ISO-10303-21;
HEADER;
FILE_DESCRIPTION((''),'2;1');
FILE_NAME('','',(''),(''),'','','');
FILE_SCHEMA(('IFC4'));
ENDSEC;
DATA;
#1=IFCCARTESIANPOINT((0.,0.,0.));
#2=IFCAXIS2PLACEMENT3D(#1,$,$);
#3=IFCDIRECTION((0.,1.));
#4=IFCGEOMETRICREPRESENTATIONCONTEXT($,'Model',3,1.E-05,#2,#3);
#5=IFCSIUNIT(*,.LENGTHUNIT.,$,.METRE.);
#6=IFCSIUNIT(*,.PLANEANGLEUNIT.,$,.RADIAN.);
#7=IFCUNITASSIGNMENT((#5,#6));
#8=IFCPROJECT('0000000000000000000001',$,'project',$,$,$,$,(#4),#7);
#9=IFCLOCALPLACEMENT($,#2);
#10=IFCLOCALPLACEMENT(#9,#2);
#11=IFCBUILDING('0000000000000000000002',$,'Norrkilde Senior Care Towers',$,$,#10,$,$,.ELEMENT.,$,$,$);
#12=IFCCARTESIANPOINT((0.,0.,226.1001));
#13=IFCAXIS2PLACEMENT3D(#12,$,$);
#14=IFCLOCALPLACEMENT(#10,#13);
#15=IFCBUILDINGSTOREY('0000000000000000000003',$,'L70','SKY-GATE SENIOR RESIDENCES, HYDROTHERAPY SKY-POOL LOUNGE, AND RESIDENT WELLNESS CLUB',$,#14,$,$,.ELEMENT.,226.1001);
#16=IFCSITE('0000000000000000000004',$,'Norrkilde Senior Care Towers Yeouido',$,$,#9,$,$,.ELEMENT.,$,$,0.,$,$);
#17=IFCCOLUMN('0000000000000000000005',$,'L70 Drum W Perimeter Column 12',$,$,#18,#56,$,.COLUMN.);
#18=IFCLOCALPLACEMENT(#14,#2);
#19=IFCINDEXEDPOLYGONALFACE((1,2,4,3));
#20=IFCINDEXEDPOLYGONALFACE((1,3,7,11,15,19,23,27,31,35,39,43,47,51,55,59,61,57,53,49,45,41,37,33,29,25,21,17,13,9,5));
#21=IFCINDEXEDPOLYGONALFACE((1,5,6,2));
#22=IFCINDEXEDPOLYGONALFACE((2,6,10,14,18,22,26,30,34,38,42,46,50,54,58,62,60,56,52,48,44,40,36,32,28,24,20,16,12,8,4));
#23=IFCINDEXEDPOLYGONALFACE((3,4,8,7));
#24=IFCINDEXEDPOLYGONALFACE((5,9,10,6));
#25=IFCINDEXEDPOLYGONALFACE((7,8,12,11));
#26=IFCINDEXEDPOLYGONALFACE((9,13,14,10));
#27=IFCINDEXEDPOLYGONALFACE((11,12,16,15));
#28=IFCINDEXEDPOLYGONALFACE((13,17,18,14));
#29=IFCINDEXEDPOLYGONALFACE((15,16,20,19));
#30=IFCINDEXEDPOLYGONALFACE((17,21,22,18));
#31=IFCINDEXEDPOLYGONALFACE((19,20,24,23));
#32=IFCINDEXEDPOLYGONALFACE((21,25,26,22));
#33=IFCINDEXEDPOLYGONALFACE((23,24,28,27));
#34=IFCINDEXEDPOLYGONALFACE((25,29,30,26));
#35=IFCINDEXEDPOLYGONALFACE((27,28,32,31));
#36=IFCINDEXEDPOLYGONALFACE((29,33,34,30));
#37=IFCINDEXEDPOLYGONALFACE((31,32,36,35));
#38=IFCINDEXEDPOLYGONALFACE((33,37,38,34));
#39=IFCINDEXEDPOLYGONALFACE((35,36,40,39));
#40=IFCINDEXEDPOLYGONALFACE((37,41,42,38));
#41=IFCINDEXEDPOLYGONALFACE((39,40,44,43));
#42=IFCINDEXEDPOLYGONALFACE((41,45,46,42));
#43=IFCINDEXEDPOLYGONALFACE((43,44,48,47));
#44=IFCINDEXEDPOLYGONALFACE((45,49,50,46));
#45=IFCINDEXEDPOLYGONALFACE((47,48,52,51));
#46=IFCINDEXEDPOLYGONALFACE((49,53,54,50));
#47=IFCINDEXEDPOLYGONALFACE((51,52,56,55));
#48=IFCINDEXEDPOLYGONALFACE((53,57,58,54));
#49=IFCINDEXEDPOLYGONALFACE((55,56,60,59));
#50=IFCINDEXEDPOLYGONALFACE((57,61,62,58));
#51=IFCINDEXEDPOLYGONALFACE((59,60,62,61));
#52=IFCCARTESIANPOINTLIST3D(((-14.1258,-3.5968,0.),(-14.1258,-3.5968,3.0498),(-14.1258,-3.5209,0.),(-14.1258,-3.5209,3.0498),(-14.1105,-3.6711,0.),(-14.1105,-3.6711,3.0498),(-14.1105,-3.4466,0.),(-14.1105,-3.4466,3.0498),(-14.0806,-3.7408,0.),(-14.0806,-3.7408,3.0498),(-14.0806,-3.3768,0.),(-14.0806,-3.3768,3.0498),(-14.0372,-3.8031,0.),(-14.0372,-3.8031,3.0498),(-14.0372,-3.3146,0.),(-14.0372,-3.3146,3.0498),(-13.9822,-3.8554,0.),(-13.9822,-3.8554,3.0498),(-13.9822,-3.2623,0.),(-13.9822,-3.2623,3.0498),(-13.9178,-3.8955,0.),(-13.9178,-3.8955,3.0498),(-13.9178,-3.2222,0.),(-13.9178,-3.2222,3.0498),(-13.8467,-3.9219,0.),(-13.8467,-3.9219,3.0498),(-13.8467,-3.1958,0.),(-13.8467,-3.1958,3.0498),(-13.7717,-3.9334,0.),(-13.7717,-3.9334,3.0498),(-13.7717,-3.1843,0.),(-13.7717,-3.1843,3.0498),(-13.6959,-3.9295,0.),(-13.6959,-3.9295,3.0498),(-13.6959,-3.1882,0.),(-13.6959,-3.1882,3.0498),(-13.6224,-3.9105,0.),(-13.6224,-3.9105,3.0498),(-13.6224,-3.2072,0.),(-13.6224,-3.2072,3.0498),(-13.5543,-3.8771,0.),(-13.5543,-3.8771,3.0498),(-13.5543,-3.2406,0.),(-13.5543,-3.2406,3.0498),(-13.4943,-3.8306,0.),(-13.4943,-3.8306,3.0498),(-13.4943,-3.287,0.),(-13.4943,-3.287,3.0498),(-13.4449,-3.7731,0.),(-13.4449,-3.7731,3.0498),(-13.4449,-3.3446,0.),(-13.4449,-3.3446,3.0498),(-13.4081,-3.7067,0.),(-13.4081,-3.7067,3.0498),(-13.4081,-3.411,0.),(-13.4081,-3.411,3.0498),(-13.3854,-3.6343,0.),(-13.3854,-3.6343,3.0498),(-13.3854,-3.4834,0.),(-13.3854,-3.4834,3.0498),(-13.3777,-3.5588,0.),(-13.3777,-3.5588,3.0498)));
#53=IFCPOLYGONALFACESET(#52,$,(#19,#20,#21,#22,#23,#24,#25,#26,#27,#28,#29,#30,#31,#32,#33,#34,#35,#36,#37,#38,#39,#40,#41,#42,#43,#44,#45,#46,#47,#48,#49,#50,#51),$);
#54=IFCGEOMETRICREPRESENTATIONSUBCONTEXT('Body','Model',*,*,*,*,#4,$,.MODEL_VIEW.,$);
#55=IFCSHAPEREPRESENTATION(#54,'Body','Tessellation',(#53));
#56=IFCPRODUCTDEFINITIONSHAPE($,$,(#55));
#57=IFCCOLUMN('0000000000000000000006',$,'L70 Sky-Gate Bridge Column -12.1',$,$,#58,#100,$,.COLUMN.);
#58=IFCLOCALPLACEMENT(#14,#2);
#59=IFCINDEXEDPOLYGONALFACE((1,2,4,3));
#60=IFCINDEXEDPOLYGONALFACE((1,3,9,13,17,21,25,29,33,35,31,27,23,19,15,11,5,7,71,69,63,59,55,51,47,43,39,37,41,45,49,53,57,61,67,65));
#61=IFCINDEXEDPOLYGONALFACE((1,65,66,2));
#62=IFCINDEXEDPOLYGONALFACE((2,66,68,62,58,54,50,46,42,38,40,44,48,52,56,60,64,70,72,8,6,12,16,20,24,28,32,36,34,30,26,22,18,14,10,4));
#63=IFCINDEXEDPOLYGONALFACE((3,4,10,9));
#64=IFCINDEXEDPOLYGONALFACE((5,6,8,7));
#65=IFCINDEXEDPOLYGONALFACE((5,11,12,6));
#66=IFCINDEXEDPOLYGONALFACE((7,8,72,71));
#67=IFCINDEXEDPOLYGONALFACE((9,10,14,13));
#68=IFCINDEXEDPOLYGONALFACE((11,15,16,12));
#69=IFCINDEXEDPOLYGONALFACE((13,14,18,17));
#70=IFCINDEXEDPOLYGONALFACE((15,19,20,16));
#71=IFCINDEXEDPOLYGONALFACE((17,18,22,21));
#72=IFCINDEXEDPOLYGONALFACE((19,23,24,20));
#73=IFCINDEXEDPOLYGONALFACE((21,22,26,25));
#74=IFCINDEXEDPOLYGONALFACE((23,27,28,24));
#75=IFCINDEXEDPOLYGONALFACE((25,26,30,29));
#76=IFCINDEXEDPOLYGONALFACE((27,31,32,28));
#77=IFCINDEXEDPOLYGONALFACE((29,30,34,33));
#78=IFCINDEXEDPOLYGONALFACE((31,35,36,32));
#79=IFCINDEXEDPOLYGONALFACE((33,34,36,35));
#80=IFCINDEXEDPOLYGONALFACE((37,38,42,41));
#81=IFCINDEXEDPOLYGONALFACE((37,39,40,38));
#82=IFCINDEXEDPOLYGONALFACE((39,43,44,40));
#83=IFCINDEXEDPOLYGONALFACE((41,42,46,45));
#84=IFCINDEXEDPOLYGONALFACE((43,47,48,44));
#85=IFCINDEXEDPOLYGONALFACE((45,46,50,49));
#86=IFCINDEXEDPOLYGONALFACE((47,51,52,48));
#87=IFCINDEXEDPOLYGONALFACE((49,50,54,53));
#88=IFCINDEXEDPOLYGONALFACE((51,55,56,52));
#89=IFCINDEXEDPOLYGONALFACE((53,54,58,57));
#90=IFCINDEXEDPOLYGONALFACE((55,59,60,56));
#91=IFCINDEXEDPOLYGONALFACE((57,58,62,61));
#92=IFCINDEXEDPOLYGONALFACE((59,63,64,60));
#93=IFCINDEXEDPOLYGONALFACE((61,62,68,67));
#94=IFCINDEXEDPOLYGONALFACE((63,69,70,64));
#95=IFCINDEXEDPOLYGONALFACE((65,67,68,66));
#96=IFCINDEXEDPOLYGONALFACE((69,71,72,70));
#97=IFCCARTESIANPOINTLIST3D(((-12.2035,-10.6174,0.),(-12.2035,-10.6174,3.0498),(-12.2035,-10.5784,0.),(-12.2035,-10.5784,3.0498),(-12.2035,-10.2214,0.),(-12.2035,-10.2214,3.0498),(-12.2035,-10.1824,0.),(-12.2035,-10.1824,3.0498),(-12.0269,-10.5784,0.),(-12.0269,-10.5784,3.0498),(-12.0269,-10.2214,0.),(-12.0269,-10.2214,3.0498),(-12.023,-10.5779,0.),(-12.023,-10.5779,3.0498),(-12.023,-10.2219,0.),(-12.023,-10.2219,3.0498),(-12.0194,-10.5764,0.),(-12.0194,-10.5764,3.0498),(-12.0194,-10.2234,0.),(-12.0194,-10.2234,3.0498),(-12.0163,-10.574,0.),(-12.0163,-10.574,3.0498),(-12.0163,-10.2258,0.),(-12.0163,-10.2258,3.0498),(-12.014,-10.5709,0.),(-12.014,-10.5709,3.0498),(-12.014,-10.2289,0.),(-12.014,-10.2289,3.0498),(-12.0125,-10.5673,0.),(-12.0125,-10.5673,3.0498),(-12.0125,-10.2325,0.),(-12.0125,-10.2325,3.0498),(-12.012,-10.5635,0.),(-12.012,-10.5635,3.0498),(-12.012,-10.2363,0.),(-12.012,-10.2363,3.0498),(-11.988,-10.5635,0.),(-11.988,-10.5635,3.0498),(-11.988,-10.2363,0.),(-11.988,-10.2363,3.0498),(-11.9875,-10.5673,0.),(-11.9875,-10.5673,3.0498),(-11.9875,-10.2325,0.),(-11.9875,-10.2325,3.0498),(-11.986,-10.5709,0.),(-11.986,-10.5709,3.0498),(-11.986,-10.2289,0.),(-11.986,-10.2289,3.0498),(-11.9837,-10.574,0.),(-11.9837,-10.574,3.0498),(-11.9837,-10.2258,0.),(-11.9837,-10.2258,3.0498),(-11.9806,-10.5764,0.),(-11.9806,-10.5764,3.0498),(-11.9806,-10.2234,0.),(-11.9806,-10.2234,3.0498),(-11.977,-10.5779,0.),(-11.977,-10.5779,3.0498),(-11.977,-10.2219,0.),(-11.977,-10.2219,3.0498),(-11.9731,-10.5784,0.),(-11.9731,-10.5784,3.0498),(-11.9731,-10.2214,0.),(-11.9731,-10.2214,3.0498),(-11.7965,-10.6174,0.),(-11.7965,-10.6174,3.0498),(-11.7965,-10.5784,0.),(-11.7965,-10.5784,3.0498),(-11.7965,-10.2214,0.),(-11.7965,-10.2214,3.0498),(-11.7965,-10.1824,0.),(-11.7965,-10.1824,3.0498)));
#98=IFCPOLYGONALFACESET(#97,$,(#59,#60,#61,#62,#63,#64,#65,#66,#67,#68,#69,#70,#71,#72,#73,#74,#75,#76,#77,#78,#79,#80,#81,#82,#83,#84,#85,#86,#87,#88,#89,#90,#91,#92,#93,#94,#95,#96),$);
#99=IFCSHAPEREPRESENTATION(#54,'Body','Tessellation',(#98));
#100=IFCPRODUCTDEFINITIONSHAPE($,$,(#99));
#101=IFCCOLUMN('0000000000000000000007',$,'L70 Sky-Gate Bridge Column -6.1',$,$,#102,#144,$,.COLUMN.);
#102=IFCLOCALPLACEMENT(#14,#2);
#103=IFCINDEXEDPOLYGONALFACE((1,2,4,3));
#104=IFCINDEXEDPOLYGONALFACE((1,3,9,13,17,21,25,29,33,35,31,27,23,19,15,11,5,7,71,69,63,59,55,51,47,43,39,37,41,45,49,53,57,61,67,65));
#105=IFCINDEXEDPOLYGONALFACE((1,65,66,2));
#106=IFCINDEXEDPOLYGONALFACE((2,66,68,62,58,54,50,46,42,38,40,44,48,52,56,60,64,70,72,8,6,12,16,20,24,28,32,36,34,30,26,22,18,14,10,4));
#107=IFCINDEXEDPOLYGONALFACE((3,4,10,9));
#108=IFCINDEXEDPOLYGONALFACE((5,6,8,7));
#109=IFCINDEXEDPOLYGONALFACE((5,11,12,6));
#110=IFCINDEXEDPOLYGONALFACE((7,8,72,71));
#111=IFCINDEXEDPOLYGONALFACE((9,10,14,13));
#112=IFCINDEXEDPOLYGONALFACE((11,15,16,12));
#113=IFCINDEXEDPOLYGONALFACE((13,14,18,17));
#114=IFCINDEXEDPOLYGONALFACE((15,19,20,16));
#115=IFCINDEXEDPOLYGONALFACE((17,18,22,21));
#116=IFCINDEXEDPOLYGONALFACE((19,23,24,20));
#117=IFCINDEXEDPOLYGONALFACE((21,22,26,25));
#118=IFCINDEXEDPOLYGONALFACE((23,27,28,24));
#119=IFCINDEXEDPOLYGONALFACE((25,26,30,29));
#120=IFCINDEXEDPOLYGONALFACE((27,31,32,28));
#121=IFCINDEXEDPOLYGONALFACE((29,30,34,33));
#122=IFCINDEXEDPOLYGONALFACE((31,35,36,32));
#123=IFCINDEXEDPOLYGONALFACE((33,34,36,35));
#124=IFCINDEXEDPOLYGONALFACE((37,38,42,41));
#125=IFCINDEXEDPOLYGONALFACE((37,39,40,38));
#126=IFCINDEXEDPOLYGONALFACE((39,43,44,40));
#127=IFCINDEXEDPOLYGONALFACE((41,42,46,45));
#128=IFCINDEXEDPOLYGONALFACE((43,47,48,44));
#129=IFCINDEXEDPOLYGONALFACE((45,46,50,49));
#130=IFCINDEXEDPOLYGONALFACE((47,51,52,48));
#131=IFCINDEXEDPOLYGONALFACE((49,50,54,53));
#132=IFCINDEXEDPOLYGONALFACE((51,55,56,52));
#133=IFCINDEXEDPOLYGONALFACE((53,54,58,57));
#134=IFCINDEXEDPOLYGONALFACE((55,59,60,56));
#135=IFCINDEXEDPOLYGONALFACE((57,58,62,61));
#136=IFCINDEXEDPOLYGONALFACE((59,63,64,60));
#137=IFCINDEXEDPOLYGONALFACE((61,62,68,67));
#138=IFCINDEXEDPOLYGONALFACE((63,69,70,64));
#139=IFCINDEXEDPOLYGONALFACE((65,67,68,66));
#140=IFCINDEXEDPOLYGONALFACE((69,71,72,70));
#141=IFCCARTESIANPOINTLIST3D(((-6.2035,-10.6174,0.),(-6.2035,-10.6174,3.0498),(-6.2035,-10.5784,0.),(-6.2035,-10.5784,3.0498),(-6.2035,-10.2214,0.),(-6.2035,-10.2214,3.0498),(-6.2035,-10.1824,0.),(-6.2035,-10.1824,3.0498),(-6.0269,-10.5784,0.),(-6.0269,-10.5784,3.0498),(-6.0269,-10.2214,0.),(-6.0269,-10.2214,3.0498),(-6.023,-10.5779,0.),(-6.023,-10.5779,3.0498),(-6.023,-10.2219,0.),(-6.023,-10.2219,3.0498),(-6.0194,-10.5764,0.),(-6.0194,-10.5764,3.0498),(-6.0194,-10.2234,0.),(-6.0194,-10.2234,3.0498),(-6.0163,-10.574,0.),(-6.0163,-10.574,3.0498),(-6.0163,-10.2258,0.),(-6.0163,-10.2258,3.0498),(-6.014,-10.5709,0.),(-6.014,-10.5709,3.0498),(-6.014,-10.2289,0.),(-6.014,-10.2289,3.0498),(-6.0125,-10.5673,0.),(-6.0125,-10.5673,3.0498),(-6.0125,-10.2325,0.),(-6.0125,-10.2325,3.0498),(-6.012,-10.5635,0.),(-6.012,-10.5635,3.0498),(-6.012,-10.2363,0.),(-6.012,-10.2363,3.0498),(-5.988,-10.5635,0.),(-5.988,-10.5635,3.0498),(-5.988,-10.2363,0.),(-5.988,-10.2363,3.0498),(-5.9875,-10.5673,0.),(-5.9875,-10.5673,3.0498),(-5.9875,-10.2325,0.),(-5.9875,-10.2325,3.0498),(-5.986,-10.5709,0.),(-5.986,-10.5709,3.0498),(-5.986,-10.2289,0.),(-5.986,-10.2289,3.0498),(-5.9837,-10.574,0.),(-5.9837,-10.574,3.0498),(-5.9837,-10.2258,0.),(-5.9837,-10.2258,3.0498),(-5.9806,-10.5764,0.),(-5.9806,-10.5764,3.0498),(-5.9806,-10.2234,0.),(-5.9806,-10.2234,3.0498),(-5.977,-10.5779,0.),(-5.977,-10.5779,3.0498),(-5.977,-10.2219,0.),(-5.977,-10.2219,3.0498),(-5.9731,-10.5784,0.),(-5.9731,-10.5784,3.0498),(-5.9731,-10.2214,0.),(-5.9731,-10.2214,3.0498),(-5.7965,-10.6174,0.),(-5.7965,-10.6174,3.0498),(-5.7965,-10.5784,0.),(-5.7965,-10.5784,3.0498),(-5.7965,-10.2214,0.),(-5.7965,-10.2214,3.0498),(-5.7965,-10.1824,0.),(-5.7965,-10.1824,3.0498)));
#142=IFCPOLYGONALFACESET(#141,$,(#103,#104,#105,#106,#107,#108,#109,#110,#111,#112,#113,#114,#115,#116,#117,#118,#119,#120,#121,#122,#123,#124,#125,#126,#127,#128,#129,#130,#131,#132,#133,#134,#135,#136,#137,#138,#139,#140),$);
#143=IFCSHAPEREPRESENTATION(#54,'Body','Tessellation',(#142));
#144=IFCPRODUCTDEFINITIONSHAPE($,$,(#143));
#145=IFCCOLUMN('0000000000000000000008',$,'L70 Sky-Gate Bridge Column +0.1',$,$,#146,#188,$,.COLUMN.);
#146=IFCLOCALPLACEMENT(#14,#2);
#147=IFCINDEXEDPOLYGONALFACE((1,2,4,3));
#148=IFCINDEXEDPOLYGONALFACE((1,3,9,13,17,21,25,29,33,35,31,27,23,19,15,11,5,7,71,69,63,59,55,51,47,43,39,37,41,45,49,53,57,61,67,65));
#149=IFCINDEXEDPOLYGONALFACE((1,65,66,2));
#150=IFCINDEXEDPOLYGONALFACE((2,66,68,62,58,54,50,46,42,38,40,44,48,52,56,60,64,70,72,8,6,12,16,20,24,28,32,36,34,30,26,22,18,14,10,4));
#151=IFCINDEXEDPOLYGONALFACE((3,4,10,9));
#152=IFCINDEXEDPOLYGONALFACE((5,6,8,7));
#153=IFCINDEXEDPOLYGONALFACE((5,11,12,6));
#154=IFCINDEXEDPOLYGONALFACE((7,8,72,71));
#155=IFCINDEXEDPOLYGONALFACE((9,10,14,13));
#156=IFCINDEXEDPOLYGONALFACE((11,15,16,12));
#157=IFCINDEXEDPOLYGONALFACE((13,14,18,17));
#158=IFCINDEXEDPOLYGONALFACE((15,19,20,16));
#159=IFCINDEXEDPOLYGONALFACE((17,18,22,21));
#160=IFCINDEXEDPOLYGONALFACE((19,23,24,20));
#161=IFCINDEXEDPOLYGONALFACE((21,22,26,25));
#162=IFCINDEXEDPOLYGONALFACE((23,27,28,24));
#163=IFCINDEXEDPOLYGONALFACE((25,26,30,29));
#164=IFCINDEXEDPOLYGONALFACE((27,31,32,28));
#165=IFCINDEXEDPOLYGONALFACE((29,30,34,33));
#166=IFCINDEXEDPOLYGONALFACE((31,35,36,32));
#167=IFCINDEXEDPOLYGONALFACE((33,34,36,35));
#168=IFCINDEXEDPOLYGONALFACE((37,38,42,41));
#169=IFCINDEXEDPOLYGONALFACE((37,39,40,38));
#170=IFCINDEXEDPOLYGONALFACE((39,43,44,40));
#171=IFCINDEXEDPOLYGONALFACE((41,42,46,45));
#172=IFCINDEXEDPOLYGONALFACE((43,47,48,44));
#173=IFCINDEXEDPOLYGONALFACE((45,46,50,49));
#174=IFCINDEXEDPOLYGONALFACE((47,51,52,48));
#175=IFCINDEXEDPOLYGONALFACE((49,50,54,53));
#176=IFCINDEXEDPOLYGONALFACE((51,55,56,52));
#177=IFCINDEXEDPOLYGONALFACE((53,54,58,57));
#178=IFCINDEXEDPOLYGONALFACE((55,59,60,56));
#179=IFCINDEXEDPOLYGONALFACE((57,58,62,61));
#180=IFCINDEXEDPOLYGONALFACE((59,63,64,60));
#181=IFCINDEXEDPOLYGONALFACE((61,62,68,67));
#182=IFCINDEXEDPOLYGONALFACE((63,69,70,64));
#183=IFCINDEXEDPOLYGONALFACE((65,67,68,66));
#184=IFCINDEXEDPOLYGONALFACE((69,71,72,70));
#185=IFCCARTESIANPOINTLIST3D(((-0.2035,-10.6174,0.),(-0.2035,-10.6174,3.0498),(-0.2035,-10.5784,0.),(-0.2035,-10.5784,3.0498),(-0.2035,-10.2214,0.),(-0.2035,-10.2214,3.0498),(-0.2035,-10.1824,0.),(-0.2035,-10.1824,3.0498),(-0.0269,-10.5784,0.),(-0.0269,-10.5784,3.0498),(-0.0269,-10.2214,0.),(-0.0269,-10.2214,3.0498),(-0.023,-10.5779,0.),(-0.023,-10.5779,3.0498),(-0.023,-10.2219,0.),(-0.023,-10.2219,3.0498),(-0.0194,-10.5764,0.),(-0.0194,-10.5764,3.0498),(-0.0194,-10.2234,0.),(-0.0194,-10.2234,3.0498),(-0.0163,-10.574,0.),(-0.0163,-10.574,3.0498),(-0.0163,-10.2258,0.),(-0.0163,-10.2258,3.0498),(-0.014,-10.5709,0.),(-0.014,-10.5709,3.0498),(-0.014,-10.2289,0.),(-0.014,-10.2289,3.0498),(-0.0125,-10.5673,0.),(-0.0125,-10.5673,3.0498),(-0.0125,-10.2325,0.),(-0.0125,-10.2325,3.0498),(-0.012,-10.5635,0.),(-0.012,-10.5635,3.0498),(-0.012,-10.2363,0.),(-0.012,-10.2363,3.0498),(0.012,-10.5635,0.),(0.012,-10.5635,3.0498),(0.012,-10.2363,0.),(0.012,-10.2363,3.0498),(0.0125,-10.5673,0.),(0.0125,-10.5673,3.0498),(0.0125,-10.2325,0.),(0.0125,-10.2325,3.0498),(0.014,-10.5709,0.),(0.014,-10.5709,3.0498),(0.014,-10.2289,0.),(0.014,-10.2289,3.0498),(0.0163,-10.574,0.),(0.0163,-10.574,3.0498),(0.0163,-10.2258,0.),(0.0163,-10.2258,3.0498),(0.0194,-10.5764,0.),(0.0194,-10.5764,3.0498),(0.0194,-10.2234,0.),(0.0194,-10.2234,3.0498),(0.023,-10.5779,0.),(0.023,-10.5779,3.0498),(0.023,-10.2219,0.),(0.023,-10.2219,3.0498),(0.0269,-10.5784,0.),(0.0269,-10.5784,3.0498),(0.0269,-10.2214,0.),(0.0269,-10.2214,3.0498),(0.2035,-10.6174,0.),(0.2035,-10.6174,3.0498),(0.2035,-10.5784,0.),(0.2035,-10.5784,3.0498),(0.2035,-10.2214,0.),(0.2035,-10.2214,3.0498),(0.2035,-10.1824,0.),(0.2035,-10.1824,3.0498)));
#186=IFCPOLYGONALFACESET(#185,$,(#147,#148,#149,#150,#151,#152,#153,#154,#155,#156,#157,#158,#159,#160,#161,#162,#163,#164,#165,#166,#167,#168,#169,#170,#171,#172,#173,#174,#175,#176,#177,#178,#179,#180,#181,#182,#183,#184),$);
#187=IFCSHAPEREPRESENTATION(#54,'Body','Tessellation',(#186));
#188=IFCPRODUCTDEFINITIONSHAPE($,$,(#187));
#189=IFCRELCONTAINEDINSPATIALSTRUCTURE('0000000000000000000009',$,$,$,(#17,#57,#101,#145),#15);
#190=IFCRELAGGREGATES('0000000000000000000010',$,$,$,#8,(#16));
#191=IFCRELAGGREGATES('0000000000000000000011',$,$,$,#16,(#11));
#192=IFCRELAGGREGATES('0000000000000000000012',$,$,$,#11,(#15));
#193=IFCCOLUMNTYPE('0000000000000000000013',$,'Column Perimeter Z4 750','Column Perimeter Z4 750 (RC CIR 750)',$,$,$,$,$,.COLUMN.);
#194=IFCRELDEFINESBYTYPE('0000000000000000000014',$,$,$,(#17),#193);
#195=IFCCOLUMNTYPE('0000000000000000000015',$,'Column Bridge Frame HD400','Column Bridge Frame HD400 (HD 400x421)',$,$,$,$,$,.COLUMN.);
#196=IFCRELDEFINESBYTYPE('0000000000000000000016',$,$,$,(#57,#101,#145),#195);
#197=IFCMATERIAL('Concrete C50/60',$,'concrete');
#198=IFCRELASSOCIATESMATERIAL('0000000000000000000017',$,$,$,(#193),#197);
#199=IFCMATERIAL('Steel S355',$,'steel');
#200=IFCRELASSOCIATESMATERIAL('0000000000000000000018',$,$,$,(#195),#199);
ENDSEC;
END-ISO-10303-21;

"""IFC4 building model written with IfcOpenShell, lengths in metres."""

from ifc_helpers import new_model, si_unit, direction, frame, origin, origin_2d, place, context, subcontext, project, spatial, circle, i_section, extrude, source, transform, mapped, material, material_profile, profile_set, type_object, type_shapes, element, save


model = new_model("IFC4")

# Units and contexts
model_context = context("Model", 3, precision=1e-05, world=origin(), true_north=direction((0.0, 1.0)))
body_context = subcontext(model_context, "Body", "Model", "MODEL_VIEW")
ifc_project = project(units=[si_unit("LENGTHUNIT", "METRE"), si_unit("PLANEANGLEUNIT", "RADIAN")], contexts=[model_context])

# Site, building, storey
site_placement = place(None, origin())
site = spatial("IfcSite", under=ifc_project, at=site_placement, Name="Norrkilde Senior Care Towers Yeouido", CompositionType="ELEMENT", RefElevation=0.0)
building_placement = place(site_placement, origin())
building = spatial("IfcBuilding", under=site, at=building_placement, Name="Norrkilde Senior Care Towers", CompositionType="ELEMENT")
storey_placement = place(building_placement, frame((0.0, 0.0, 226.1001)))
storey = spatial("IfcBuildingStorey", under=building, at=storey_placement, Name="L70", Description="SKY-GATE SENIOR RESIDENCES, HYDROTHERAPY SKY-POOL LOUNGE, AND RESIDENT WELLNESS CLUB", CompositionType="ELEMENT", Elevation=226.1001)

# Columns
ifc_material_1 = material(Name="Concrete C50/60", Category="concrete")
ifc_material_profile_1 = material_profile(ifc_material_1, circle(Radius=0.375, at=origin_2d()), Name="RC CIR 750")
ifc_profile_set_1 = profile_set([ifc_material_profile_1], Name="Concrete C50/60")
column_type_1 = type_object("IfcColumnType", Name="Column Perimeter Z4 750", Description="Column Perimeter Z4 750 (RC CIR 750)", PredefinedType="COLUMN", material=ifc_profile_set_1)
shared_shape_1 = source(origin(), body_context, "Body", "SweptSolid", [
    extrude(circle(Radius=0.375, at=origin_2d()), origin(), (0.0, 0.0, 1.0), 3.0498),
])
type_shapes(column_type_1, [shared_shape_1])
column_placement = place(storey_placement, frame((-13.7527, -3.5588, 0.0), z_axis=(0.0, 0.0, 1.0), x_axis=(1.0, 0.0, 0.0)))
element("IfcColumn", 1, at=column_placement, inside=storey, type_object=column_type_1, Name="L70 Drum W Perimeter Column 12", PredefinedType="COLUMN", context=body_context, shape_type="MappedRepresentation", body=[
    mapped(shared_shape_1, transform((0.0, 0.0, 0.0), x_axis=(1.0, 0.0, 0.0), y_axis=(0.0, 1.0, 0.0), z_axis=(0.0, 0.0, 1.0), scale=1.0)),
])
ifc_material_2 = material(Name="Steel S355", Category="steel")
ifc_material_profile_2 = material_profile(ifc_material_2, i_section(OverallWidth=0.407, OverallDepth=0.4351, WebThickness=0.0239, FlangeThickness=0.0391, FilletRadius=0.0149, at=origin_2d()), Name="HD 400x421")
ifc_profile_set_2 = profile_set([ifc_material_profile_2], Name="Steel S355")
column_type_2 = type_object("IfcColumnType", Name="Column Bridge Frame HD400", Description="Column Bridge Frame HD400 (HD 400x421)", PredefinedType="COLUMN", material=ifc_profile_set_2)
shared_shape_2 = source(origin(), body_context, "Body", "SweptSolid", [
    extrude(i_section(OverallWidth=0.407, OverallDepth=0.4351, WebThickness=0.0239, FlangeThickness=0.0391, FilletRadius=0.0149, at=origin_2d()), origin(), (0.0, 0.0, 1.0), 3.0498),
])
type_shapes(column_type_2, [shared_shape_2])
for number, where, z_axis, x_axis, name in (
    (2, (-12.0, -10.3999, 0.0), (0.0, 0.0, 1.0), (1.0, 0.0, 0.0), "L70 Sky-Gate Bridge Column -12.1"),
    (3, (-6.0, -10.3999, 0.0), (0.0, 0.0, 1.0), (1.0, 0.0, 0.0), "L70 Sky-Gate Bridge Column -6.1"),
    (4, (0.0, -10.3999, 0.0), (0.0, 0.0, 1.0), (1.0, 0.0, 0.0), "L70 Sky-Gate Bridge Column +0.1"),
):
    element("IfcColumn", number, at=place(storey_placement, frame(where, z_axis=z_axis, x_axis=x_axis)), inside=storey, type_object=column_type_2, Name=name, PredefinedType="COLUMN", context=body_context, shape_type="MappedRepresentation", body=[
        mapped(shared_shape_2, transform((0.0, 0.0, 0.0), x_axis=(1.0, 0.0, 0.0), y_axis=(0.0, 1.0, 0.0), z_axis=(0.0, 0.0, 1.0), scale=1.0)),
    ])

save(model, "model.ifc")
